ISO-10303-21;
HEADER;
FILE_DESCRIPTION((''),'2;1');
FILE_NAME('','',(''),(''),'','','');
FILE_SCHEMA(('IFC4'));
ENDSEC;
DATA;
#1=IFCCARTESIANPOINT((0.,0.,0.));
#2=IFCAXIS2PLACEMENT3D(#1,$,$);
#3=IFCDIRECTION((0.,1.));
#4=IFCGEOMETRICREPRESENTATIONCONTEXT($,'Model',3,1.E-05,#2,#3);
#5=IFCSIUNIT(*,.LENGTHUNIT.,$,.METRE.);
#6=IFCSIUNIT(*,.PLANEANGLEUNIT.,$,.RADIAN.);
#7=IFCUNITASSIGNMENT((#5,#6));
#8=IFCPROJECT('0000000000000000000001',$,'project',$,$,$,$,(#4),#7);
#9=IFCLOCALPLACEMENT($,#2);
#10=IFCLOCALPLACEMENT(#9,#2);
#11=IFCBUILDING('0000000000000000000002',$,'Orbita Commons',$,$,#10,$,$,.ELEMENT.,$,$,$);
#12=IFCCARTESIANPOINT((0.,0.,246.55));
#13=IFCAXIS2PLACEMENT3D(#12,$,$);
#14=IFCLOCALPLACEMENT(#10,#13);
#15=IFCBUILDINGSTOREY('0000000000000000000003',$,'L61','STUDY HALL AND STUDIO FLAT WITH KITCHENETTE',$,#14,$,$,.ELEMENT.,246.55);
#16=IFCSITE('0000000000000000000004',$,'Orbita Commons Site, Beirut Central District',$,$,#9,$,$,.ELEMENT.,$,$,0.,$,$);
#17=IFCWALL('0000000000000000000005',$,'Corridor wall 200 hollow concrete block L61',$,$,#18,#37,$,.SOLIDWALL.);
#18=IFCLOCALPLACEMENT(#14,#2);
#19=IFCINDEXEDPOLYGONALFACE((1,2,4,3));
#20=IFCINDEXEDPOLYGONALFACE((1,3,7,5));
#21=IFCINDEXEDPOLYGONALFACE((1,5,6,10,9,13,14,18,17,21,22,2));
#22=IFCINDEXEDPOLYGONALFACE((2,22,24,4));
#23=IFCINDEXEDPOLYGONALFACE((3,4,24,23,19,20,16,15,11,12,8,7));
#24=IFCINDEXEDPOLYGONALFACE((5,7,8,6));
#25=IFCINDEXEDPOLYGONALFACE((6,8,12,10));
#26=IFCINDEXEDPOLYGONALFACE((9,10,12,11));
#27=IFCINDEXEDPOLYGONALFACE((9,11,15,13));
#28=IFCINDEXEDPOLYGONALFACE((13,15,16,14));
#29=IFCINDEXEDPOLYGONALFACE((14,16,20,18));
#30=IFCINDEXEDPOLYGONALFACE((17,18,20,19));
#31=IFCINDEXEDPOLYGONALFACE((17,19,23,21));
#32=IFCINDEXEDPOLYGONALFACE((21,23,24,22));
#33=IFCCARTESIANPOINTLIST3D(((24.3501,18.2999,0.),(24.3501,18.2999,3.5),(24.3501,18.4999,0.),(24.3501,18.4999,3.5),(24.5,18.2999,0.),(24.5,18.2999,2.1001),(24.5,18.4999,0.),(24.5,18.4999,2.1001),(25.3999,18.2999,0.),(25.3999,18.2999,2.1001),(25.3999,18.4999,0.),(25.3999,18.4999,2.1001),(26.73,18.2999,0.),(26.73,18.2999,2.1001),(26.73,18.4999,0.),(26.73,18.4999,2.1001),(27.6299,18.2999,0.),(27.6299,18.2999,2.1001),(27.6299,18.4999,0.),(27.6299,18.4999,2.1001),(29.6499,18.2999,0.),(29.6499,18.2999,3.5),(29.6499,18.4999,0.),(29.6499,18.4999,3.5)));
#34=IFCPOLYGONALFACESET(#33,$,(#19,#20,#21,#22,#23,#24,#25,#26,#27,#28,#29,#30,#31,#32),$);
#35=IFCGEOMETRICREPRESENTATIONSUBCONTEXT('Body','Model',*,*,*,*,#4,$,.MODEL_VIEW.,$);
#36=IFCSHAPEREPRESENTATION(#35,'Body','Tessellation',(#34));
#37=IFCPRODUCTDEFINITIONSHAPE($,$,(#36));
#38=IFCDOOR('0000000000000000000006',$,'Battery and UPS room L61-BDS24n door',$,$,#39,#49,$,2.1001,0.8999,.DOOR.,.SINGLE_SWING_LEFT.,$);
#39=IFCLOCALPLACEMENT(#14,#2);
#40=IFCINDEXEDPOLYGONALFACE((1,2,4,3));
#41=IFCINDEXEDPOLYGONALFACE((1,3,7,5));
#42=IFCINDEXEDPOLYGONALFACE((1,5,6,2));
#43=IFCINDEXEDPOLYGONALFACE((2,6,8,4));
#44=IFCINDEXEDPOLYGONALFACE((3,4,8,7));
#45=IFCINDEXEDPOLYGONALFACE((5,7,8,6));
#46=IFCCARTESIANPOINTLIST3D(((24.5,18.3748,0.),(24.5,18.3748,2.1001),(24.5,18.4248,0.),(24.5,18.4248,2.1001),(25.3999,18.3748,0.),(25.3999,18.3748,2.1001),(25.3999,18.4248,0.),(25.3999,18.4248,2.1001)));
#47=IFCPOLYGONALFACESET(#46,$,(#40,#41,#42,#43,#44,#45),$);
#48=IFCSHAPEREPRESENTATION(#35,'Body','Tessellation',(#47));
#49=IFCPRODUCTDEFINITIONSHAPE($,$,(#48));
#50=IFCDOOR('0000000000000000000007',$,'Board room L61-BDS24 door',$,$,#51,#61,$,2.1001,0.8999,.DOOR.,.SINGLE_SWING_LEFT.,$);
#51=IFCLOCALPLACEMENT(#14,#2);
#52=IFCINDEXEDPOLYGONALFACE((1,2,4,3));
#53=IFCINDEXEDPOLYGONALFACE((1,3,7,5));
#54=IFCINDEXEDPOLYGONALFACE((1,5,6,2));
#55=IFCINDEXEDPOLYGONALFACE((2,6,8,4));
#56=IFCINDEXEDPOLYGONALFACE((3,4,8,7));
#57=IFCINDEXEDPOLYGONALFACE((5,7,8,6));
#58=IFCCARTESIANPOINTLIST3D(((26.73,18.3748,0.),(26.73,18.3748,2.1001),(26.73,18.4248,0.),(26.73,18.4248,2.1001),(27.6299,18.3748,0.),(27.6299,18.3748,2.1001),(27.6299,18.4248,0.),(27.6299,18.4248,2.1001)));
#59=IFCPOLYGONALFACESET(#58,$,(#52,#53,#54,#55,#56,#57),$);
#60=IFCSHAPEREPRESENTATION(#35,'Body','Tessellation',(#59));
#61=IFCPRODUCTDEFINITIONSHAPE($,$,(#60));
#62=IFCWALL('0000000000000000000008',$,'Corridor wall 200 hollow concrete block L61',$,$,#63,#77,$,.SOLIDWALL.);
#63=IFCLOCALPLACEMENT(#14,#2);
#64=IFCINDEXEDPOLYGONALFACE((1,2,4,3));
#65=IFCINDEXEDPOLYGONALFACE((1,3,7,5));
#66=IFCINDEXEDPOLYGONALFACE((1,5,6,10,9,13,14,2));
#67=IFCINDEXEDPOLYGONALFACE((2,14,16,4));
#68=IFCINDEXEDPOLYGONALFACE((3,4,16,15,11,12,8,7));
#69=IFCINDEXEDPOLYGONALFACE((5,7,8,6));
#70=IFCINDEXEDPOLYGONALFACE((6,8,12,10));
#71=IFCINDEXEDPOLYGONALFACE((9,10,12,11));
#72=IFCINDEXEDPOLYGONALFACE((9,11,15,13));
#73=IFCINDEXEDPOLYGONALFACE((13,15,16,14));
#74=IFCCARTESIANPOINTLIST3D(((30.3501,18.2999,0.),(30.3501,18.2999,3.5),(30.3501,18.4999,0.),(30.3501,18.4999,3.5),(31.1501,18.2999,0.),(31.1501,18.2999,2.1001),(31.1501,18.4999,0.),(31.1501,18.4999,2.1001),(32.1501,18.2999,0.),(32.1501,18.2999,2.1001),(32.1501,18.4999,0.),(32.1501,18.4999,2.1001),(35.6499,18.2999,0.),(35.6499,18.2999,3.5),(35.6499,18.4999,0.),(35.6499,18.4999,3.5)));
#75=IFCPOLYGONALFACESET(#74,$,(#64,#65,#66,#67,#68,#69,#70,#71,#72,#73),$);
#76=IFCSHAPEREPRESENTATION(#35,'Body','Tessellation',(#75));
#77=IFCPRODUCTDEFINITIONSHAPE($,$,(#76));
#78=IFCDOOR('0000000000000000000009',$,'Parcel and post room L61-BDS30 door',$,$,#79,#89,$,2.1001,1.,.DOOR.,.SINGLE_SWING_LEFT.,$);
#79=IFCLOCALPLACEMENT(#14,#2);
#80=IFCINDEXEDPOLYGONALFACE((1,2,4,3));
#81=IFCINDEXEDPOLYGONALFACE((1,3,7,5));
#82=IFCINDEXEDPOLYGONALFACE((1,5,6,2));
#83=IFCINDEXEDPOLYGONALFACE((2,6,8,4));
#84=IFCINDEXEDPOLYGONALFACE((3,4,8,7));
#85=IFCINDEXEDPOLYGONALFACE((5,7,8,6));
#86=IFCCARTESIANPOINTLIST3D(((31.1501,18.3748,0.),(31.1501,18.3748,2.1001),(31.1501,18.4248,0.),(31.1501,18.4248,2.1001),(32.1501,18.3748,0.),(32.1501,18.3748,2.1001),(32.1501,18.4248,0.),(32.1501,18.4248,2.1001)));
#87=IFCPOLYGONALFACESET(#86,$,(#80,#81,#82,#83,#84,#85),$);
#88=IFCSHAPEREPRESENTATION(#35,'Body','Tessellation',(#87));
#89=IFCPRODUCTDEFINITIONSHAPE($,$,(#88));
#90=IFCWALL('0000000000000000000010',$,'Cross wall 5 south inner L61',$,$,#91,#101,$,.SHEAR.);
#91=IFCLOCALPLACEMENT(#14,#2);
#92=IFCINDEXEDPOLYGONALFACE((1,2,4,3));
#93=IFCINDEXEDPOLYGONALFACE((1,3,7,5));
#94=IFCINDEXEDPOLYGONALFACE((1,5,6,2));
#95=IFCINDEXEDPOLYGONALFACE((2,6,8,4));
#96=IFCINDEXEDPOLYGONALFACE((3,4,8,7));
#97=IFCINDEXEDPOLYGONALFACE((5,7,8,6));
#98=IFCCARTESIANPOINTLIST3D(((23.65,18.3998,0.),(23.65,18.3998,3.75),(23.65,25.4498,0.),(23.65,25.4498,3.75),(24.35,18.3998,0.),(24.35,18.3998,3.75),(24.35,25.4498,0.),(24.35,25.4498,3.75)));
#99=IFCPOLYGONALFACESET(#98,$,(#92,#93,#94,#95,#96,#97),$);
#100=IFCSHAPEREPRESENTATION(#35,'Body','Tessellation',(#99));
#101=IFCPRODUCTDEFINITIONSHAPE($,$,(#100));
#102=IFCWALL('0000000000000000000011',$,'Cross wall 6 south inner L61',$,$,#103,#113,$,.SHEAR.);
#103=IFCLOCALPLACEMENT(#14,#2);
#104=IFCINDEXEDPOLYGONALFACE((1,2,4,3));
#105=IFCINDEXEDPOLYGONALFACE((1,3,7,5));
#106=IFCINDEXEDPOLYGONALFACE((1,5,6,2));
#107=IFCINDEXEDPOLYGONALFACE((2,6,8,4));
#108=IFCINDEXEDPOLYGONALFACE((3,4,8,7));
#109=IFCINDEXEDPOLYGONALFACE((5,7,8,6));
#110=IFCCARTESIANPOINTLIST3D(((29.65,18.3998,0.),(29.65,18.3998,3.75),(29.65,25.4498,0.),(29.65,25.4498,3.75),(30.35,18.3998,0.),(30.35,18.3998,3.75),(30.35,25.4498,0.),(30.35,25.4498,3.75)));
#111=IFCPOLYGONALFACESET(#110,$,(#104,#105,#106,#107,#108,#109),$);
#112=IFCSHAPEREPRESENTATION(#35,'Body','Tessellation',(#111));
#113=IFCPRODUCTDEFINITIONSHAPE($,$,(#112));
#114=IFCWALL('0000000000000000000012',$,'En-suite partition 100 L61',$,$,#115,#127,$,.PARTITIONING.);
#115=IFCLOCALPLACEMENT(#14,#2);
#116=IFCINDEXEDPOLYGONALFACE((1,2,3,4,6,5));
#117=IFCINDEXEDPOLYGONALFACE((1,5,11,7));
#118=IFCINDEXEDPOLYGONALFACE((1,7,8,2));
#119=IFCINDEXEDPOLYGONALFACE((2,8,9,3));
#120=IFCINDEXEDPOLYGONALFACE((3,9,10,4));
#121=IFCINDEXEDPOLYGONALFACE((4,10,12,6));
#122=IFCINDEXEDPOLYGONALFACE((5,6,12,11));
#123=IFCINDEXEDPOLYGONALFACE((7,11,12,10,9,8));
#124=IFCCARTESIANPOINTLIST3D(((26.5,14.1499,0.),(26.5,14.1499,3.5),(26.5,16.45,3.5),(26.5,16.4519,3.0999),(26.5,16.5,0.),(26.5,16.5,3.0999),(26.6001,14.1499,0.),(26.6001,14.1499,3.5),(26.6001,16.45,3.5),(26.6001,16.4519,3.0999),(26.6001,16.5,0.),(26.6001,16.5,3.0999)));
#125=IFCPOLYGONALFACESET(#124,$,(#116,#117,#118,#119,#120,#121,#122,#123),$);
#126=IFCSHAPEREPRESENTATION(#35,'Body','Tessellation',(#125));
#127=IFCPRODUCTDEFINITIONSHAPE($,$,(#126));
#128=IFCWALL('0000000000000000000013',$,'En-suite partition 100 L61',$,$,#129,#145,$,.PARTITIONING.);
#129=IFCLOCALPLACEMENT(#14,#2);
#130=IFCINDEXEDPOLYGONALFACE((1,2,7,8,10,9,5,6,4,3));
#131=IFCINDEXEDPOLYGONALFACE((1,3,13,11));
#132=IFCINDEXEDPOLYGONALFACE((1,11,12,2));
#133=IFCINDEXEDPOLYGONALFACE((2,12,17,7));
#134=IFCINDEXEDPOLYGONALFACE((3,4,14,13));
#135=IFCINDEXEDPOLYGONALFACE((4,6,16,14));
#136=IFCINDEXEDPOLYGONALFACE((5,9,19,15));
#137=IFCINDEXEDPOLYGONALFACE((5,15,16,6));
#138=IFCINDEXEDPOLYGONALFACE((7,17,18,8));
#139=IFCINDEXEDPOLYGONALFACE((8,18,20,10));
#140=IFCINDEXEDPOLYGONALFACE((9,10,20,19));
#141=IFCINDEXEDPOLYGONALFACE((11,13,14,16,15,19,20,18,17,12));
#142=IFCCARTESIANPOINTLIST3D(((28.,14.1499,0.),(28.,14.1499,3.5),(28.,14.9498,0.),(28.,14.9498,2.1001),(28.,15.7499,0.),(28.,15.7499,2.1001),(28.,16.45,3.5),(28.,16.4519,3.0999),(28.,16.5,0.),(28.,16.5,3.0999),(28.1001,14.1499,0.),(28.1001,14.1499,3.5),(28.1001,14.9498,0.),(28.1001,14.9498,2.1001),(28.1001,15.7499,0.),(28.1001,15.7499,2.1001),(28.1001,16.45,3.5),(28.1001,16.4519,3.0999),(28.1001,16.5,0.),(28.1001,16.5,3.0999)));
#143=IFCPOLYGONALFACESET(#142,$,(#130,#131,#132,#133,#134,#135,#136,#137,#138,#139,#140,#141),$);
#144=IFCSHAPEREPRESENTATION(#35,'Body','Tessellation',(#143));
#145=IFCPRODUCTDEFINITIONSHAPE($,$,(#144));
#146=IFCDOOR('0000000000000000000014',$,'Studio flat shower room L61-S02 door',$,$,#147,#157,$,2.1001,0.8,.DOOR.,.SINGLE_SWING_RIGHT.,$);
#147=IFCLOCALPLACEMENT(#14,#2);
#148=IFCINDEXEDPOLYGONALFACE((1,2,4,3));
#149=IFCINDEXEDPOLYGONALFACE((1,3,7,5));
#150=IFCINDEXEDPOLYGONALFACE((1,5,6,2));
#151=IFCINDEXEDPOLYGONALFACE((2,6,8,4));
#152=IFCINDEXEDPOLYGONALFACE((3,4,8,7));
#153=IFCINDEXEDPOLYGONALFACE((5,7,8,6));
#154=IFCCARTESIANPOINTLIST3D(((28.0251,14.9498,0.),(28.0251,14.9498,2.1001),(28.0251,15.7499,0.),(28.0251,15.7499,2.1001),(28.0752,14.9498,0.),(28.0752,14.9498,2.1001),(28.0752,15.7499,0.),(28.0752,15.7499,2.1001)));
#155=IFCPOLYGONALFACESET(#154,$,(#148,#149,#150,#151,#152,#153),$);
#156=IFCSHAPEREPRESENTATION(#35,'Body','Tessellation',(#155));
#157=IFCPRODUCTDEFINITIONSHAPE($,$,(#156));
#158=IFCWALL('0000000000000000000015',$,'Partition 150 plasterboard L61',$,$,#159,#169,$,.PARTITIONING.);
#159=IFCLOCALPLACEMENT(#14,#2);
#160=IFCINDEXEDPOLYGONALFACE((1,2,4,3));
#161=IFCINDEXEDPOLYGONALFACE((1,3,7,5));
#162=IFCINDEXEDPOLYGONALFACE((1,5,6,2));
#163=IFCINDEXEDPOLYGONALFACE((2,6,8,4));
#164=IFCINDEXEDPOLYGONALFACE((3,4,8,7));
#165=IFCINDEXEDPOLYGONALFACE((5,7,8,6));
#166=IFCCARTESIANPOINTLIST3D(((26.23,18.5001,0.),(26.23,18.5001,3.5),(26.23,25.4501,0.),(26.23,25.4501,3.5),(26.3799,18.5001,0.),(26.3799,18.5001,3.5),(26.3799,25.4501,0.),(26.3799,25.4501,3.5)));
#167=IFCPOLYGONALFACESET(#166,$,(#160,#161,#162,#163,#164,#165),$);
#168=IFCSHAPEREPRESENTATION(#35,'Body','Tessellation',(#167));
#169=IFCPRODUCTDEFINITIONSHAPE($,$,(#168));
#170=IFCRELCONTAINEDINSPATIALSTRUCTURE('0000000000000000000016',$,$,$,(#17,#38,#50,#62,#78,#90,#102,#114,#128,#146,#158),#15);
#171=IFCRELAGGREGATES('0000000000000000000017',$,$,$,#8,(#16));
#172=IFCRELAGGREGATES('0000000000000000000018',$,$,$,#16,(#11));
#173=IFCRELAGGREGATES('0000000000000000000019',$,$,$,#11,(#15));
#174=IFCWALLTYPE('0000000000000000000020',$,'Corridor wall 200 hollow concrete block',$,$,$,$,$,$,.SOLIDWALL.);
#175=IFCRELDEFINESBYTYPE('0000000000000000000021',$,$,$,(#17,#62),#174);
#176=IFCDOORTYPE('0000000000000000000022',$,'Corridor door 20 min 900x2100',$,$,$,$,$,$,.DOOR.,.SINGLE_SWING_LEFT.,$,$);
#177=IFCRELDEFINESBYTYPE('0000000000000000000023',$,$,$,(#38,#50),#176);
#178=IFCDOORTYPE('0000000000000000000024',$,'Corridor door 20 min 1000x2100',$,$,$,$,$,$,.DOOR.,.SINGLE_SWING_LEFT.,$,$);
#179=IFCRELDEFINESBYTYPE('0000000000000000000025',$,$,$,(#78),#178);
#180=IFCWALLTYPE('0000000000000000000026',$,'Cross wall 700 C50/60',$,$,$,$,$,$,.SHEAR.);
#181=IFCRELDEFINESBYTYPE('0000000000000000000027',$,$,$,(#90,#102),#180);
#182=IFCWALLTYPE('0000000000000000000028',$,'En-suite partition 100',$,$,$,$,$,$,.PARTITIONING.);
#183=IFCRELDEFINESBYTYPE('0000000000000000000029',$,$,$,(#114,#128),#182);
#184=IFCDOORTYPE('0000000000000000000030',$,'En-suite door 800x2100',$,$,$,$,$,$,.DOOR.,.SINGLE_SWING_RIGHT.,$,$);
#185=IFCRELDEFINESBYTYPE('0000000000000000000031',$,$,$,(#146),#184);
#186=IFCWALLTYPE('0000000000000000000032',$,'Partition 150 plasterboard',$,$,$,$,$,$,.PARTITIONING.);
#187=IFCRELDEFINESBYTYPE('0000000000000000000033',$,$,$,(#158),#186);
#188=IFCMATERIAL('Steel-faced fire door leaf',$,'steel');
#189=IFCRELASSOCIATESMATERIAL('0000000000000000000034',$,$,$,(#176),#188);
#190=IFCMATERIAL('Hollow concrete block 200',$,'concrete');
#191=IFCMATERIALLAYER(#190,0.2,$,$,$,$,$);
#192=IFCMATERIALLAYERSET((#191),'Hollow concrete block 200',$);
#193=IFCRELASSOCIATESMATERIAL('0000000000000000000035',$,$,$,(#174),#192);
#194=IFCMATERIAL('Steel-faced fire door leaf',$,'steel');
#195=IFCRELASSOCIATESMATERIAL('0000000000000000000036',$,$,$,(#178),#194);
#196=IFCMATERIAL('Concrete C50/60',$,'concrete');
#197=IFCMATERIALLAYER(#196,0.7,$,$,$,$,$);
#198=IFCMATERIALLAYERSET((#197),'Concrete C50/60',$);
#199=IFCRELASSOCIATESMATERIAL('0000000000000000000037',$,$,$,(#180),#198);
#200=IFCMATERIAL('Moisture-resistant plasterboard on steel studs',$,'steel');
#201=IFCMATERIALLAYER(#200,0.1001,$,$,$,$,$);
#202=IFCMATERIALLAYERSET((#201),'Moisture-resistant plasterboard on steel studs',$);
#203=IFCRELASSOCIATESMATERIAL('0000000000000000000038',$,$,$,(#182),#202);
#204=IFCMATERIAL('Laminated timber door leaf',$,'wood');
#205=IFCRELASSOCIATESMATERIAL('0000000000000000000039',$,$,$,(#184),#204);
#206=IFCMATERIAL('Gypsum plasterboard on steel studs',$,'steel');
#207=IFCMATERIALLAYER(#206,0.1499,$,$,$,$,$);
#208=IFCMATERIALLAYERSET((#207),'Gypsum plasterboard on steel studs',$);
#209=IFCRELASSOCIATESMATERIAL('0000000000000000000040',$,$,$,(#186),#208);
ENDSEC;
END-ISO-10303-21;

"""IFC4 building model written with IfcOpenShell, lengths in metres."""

from ifc_helpers import new_model, si_unit, direction, frame, frame_2d, origin, place, context, subcontext, project, spatial, polyline, rectangle, outline, extrude, material, layer, layer_set, type_object, element, fill, save


model = new_model("IFC4")

# Units and contexts
model_context = context("Model", 3, precision=1e-05, world=origin(), true_north=direction((0.0, 1.0)))
body_context = subcontext(model_context, "Body", "Model", "MODEL_VIEW")
ifc_project = project(units=[si_unit("LENGTHUNIT", "METRE"), si_unit("PLANEANGLEUNIT", "RADIAN")], contexts=[model_context])

# Site, building, storey
site_placement = place(None, origin())
site = spatial("IfcSite", under=ifc_project, at=site_placement, Name="Orbita Commons Site, Beirut Central District", CompositionType="ELEMENT", RefElevation=0.0)
building_placement = place(site_placement, origin())
building = spatial("IfcBuilding", under=site, at=building_placement, Name="Orbita Commons", CompositionType="ELEMENT")
storey_placement = place(building_placement, frame((0.0, 0.0, 246.55)))
storey = spatial("IfcBuildingStorey", under=building, at=storey_placement, Name="L61", Description="STUDY HALL AND STUDIO FLAT WITH KITCHENETTE", CompositionType="ELEMENT", Elevation=246.55)

# Shared definitions
ifc_material_1 = material(Name="Steel-faced fire door leaf", Category="steel")
door_type_1 = type_object("IfcDoorType", Name="Corridor door 20 min 900x2100", OperationType="SINGLE_SWING_LEFT", PredefinedType="DOOR", material=ifc_material_1)

# Wall, openings, doors
ifc_material_2 = material(Name="Hollow concrete block 200", Category="concrete")
ifc_layer_1 = layer(ifc_material_2, 0.2)
ifc_layer_set_1 = layer_set([ifc_layer_1], Name="Hollow concrete block 200")
wall_type_1 = type_object("IfcWallType", Name="Corridor wall 200 hollow concrete block", PredefinedType="SOLIDWALL", material=ifc_layer_set_1)
wall_1_placement = place(storey_placement, frame((24.3501, 18.3999, 0.0), z_axis=(0.0, 0.0, 1.0), x_axis=(1.0, 0.0, 0.0)))
wall_1 = element("IfcWall", 1, at=wall_1_placement, inside=storey, type_object=wall_type_1, Name="Corridor wall 200 hollow concrete block L61", PredefinedType="SOLIDWALL", context=body_context, shape_type="SweptSolid", body=[
    extrude(rectangle(XDim=5.2998, YDim=0.2, at=frame_2d((2.6499, 0.0))), origin(), (0.0, 0.0, 1.0), 3.5),
])
opening_1_placement = place(wall_1_placement, frame((0.1499, 0.0, 0.0)))
opening_1 = element("IfcOpeningElement", 2, at=opening_1_placement, cuts=wall_1, PredefinedType="OPENING", context=body_context, shape_type="SweptSolid", body=[
    extrude(rectangle(XDim=0.8999, YDim=2.1001, at=frame_2d((0.45, 1.05))), frame((0.0, 0.1099, 0.0), z_axis=(0.0, -1.0, 0.0), x_axis=(1.0, 0.0, 0.0)), (0.0, 0.0, 1.0), 0.22),
])
opening_2_placement = place(wall_1_placement, frame((2.3799, 0.0, 0.0)))
opening_2 = element("IfcOpeningElement", 3, at=opening_2_placement, cuts=wall_1, PredefinedType="OPENING", context=body_context, shape_type="SweptSolid", body=[
    extrude(rectangle(XDim=0.8999, YDim=2.1001, at=frame_2d((0.45, 1.05))), frame((0.0, 0.1099, 0.0), z_axis=(0.0, -1.0, 0.0), x_axis=(1.0, 0.0, 0.0)), (0.0, 0.0, 1.0), 0.22),
])
door_1_placement = place(opening_1_placement, origin())
door_1 = element("IfcDoor", 4, at=door_1_placement, inside=storey, type_object=door_type_1, Name="Battery and UPS room L61-BDS24n door", OperationType="SINGLE_SWING_LEFT", OverallHeight=2.1001, OverallWidth=0.8999, PredefinedType="DOOR", context=body_context, shape_type="SweptSolid", body=[
    extrude(rectangle(XDim=0.8999, YDim=2.1001, at=frame_2d((0.45, 1.05))), frame((0.0, 0.0249, 0.0), z_axis=(0.0, -1.0, 0.0), x_axis=(1.0, 0.0, 0.0)), (0.0, 0.0, 1.0), 0.05),
])
fill(opening_1, door_1)
door_2_placement = place(opening_2_placement, origin())
door_2 = element("IfcDoor", 5, at=door_2_placement, inside=storey, type_object=door_type_1, Name="Board room L61-BDS24 door", OperationType="SINGLE_SWING_LEFT", OverallHeight=2.1001, OverallWidth=0.8999, PredefinedType="DOOR", context=body_context, shape_type="SweptSolid", body=[
    extrude(rectangle(XDim=0.8999, YDim=2.1001, at=frame_2d((0.45, 1.05))), frame((0.0, 0.0249, 0.0), z_axis=(0.0, -1.0, 0.0), x_axis=(1.0, 0.0, 0.0)), (0.0, 0.0, 1.0), 0.05),
])
fill(opening_2, door_2)

# Wall, opening, door
wall_2_placement = place(storey_placement, frame((30.3501, 18.3999, 0.0), z_axis=(0.0, 0.0, 1.0), x_axis=(1.0, 0.0, 0.0)))
wall_2 = element("IfcWall", 6, at=wall_2_placement, inside=storey, type_object=wall_type_1, Name="Corridor wall 200 hollow concrete block L61", PredefinedType="SOLIDWALL", context=body_context, shape_type="SweptSolid", body=[
    extrude(rectangle(XDim=5.2998, YDim=0.2, at=frame_2d((2.6499, 0.0))), origin(), (0.0, 0.0, 1.0), 3.5),
])
opening_3_placement = place(wall_2_placement, frame((0.8, 0.0, 0.0)))
opening_3 = element("IfcOpeningElement", 7, at=opening_3_placement, cuts=wall_2, PredefinedType="OPENING", context=body_context, shape_type="SweptSolid", body=[
    extrude(rectangle(XDim=1.0, YDim=2.1001, at=frame_2d((0.5, 1.05))), frame((0.0, 0.1099, 0.0), z_axis=(0.0, -1.0, 0.0), x_axis=(1.0, 0.0, 0.0)), (0.0, 0.0, 1.0), 0.22),
])
ifc_material_3 = material(Name="Steel-faced fire door leaf", Category="steel")
door_type_2 = type_object("IfcDoorType", Name="Corridor door 20 min 1000x2100", OperationType="SINGLE_SWING_LEFT", PredefinedType="DOOR", material=ifc_material_3)
door_3_placement = place(opening_3_placement, origin())
door_3 = element("IfcDoor", 8, at=door_3_placement, inside=storey, type_object=door_type_2, Name="Parcel and post room L61-BDS30 door", OperationType="SINGLE_SWING_LEFT", OverallHeight=2.1001, OverallWidth=1.0, PredefinedType="DOOR", context=body_context, shape_type="SweptSolid", body=[
    extrude(rectangle(XDim=1.0, YDim=2.1001, at=frame_2d((0.5, 1.05))), frame((0.0, 0.0249, 0.0), z_axis=(0.0, -1.0, 0.0), x_axis=(1.0, 0.0, 0.0)), (0.0, 0.0, 1.0), 0.05),
])
fill(opening_3, door_3)

# Walls
ifc_material_4 = material(Name="Concrete C50/60", Category="concrete")
ifc_layer_2 = layer(ifc_material_4, 0.7)
ifc_layer_set_2 = layer_set([ifc_layer_2], Name="Concrete C50/60")
wall_type_2 = type_object("IfcWallType", Name="Cross wall 700 C50/60", PredefinedType="SHEAR", material=ifc_layer_set_2)
for number, where, z_axis, x_axis, name in (
    (9, (24.0, 18.3999, 0.0), (0.0, 0.0, 1.0), (0.0, 1.0, 0.0), "Cross wall 5 south inner L61"),
    (10, (30.0, 18.3999, 0.0), (0.0, 0.0, 1.0), (0.0, 1.0, 0.0), "Cross wall 6 south inner L61"),
):
    element("IfcWall", number, at=place(storey_placement, frame(where, z_axis=z_axis, x_axis=x_axis)), inside=storey, type_object=wall_type_2, Name=name, PredefinedType="SHEAR", context=body_context, shape_type="SweptSolid", body=[
        extrude(rectangle(XDim=7.05, YDim=0.7, at=frame_2d((3.5249, 0.0))), origin(), (0.0, 0.0, 1.0), 3.75),
    ])
ifc_material_5 = material(Name="Moisture-resistant plasterboard on steel studs", Category="steel")
ifc_layer_3 = layer(ifc_material_5, 0.1001)
ifc_layer_set_3 = layer_set([ifc_layer_3], Name="Moisture-resistant plasterboard on steel studs")
wall_type_3 = type_object("IfcWallType", Name="En-suite partition 100", PredefinedType="PARTITIONING", material=ifc_layer_set_3)
wall_3_placement = place(storey_placement, frame((26.55, 14.1499, 0.0), z_axis=(0.0, 0.0, 1.0), x_axis=(0.0, 1.0, 0.0)))
element("IfcWall", 11, at=wall_3_placement, inside=storey, type_object=wall_type_3, Name="En-suite partition 100 L61", PredefinedType="PARTITIONING", context=body_context, shape_type="SweptSolid", body=[
    extrude(outline(polyline([(0.0, 0.0), (2.3501, 0.0), (2.3501, 3.0999), (2.302, 3.0999), (2.3, 3.5), (0.0, 3.5), (0.0, 0.0)])), frame((0.0, 0.05, 0.0), z_axis=(0.0, -1.0, 0.0), x_axis=(1.0, 0.0, 0.0)), (0.0, 0.0, 1.0), 0.1001),
])

# Wall, opening, door
wall_4_placement = place(storey_placement, frame((28.05, 14.1499, 0.0), z_axis=(0.0, 0.0, 1.0), x_axis=(0.0, 1.0, 0.0)))
wall_4 = element("IfcWall", 12, at=wall_4_placement, inside=storey, type_object=wall_type_3, Name="En-suite partition 100 L61", PredefinedType="PARTITIONING", context=body_context, shape_type="SweptSolid", body=[
    extrude(outline(polyline([(0.0, 0.0), (2.3501, 0.0), (2.3501, 3.0999), (2.302, 3.0999), (2.3, 3.5), (0.0, 3.5), (0.0, 0.0)])), frame((0.0, 0.05, 0.0), z_axis=(0.0, -1.0, 0.0), x_axis=(1.0, 0.0, 0.0)), (0.0, 0.0, 1.0), 0.1001),
])
opening_4_placement = place(wall_4_placement, frame((0.8, 0.0, 0.0)))
opening_4 = element("IfcOpeningElement", 13, at=opening_4_placement, cuts=wall_4, PredefinedType="OPENING", context=body_context, shape_type="SweptSolid", body=[
    extrude(rectangle(XDim=0.8, YDim=2.1001, at=frame_2d((0.3999, 1.05))), frame((0.0, 0.0601, 0.0), z_axis=(0.0, -1.0, 0.0), x_axis=(1.0, 0.0, 0.0)), (0.0, 0.0, 1.0), 0.1201),
])
ifc_material_6 = material(Name="Laminated timber door leaf", Category="wood")
door_type_3 = type_object("IfcDoorType", Name="En-suite door 800x2100", OperationType="SINGLE_SWING_RIGHT", PredefinedType="DOOR", material=ifc_material_6)
door_4_placement = place(opening_4_placement, origin())
door_4 = element("IfcDoor", 14, at=door_4_placement, inside=storey, type_object=door_type_3, Name="Studio flat shower room L61-S02 door", OperationType="SINGLE_SWING_RIGHT", OverallHeight=2.1001, OverallWidth=0.8, PredefinedType="DOOR", context=body_context, shape_type="SweptSolid", body=[
    extrude(rectangle(XDim=0.8, YDim=2.1001, at=frame_2d((0.3999, 1.05))), frame((0.0, 0.0249, 0.0), z_axis=(0.0, -1.0, 0.0), x_axis=(1.0, 0.0, 0.0)), (0.0, 0.0, 1.0), 0.05),
])
fill(opening_4, door_4)

# Wall
ifc_material_7 = material(Name="Gypsum plasterboard on steel studs", Category="steel")
ifc_layer_4 = layer(ifc_material_7, 0.1499)
ifc_layer_set_4 = layer_set([ifc_layer_4], Name="Gypsum plasterboard on steel studs")
wall_type_4 = type_object("IfcWallType", Name="Partition 150 plasterboard", PredefinedType="PARTITIONING", material=ifc_layer_set_4)
wall_5_placement = place(storey_placement, frame((26.3049, 18.5, 0.0), z_axis=(0.0, 0.0, 1.0), x_axis=(0.0, 1.0, 0.0)))
element("IfcWall", 15, at=wall_5_placement, inside=storey, type_object=wall_type_4, Name="Partition 150 plasterboard L61", PredefinedType="PARTITIONING", context=body_context, shape_type="SweptSolid", body=[
    extrude(rectangle(XDim=6.95, YDim=0.1499, at=frame_2d((3.4751, 0.0))), origin(), (0.0, 0.0, 1.0), 3.5),
])

save(model, "model.ifc")
